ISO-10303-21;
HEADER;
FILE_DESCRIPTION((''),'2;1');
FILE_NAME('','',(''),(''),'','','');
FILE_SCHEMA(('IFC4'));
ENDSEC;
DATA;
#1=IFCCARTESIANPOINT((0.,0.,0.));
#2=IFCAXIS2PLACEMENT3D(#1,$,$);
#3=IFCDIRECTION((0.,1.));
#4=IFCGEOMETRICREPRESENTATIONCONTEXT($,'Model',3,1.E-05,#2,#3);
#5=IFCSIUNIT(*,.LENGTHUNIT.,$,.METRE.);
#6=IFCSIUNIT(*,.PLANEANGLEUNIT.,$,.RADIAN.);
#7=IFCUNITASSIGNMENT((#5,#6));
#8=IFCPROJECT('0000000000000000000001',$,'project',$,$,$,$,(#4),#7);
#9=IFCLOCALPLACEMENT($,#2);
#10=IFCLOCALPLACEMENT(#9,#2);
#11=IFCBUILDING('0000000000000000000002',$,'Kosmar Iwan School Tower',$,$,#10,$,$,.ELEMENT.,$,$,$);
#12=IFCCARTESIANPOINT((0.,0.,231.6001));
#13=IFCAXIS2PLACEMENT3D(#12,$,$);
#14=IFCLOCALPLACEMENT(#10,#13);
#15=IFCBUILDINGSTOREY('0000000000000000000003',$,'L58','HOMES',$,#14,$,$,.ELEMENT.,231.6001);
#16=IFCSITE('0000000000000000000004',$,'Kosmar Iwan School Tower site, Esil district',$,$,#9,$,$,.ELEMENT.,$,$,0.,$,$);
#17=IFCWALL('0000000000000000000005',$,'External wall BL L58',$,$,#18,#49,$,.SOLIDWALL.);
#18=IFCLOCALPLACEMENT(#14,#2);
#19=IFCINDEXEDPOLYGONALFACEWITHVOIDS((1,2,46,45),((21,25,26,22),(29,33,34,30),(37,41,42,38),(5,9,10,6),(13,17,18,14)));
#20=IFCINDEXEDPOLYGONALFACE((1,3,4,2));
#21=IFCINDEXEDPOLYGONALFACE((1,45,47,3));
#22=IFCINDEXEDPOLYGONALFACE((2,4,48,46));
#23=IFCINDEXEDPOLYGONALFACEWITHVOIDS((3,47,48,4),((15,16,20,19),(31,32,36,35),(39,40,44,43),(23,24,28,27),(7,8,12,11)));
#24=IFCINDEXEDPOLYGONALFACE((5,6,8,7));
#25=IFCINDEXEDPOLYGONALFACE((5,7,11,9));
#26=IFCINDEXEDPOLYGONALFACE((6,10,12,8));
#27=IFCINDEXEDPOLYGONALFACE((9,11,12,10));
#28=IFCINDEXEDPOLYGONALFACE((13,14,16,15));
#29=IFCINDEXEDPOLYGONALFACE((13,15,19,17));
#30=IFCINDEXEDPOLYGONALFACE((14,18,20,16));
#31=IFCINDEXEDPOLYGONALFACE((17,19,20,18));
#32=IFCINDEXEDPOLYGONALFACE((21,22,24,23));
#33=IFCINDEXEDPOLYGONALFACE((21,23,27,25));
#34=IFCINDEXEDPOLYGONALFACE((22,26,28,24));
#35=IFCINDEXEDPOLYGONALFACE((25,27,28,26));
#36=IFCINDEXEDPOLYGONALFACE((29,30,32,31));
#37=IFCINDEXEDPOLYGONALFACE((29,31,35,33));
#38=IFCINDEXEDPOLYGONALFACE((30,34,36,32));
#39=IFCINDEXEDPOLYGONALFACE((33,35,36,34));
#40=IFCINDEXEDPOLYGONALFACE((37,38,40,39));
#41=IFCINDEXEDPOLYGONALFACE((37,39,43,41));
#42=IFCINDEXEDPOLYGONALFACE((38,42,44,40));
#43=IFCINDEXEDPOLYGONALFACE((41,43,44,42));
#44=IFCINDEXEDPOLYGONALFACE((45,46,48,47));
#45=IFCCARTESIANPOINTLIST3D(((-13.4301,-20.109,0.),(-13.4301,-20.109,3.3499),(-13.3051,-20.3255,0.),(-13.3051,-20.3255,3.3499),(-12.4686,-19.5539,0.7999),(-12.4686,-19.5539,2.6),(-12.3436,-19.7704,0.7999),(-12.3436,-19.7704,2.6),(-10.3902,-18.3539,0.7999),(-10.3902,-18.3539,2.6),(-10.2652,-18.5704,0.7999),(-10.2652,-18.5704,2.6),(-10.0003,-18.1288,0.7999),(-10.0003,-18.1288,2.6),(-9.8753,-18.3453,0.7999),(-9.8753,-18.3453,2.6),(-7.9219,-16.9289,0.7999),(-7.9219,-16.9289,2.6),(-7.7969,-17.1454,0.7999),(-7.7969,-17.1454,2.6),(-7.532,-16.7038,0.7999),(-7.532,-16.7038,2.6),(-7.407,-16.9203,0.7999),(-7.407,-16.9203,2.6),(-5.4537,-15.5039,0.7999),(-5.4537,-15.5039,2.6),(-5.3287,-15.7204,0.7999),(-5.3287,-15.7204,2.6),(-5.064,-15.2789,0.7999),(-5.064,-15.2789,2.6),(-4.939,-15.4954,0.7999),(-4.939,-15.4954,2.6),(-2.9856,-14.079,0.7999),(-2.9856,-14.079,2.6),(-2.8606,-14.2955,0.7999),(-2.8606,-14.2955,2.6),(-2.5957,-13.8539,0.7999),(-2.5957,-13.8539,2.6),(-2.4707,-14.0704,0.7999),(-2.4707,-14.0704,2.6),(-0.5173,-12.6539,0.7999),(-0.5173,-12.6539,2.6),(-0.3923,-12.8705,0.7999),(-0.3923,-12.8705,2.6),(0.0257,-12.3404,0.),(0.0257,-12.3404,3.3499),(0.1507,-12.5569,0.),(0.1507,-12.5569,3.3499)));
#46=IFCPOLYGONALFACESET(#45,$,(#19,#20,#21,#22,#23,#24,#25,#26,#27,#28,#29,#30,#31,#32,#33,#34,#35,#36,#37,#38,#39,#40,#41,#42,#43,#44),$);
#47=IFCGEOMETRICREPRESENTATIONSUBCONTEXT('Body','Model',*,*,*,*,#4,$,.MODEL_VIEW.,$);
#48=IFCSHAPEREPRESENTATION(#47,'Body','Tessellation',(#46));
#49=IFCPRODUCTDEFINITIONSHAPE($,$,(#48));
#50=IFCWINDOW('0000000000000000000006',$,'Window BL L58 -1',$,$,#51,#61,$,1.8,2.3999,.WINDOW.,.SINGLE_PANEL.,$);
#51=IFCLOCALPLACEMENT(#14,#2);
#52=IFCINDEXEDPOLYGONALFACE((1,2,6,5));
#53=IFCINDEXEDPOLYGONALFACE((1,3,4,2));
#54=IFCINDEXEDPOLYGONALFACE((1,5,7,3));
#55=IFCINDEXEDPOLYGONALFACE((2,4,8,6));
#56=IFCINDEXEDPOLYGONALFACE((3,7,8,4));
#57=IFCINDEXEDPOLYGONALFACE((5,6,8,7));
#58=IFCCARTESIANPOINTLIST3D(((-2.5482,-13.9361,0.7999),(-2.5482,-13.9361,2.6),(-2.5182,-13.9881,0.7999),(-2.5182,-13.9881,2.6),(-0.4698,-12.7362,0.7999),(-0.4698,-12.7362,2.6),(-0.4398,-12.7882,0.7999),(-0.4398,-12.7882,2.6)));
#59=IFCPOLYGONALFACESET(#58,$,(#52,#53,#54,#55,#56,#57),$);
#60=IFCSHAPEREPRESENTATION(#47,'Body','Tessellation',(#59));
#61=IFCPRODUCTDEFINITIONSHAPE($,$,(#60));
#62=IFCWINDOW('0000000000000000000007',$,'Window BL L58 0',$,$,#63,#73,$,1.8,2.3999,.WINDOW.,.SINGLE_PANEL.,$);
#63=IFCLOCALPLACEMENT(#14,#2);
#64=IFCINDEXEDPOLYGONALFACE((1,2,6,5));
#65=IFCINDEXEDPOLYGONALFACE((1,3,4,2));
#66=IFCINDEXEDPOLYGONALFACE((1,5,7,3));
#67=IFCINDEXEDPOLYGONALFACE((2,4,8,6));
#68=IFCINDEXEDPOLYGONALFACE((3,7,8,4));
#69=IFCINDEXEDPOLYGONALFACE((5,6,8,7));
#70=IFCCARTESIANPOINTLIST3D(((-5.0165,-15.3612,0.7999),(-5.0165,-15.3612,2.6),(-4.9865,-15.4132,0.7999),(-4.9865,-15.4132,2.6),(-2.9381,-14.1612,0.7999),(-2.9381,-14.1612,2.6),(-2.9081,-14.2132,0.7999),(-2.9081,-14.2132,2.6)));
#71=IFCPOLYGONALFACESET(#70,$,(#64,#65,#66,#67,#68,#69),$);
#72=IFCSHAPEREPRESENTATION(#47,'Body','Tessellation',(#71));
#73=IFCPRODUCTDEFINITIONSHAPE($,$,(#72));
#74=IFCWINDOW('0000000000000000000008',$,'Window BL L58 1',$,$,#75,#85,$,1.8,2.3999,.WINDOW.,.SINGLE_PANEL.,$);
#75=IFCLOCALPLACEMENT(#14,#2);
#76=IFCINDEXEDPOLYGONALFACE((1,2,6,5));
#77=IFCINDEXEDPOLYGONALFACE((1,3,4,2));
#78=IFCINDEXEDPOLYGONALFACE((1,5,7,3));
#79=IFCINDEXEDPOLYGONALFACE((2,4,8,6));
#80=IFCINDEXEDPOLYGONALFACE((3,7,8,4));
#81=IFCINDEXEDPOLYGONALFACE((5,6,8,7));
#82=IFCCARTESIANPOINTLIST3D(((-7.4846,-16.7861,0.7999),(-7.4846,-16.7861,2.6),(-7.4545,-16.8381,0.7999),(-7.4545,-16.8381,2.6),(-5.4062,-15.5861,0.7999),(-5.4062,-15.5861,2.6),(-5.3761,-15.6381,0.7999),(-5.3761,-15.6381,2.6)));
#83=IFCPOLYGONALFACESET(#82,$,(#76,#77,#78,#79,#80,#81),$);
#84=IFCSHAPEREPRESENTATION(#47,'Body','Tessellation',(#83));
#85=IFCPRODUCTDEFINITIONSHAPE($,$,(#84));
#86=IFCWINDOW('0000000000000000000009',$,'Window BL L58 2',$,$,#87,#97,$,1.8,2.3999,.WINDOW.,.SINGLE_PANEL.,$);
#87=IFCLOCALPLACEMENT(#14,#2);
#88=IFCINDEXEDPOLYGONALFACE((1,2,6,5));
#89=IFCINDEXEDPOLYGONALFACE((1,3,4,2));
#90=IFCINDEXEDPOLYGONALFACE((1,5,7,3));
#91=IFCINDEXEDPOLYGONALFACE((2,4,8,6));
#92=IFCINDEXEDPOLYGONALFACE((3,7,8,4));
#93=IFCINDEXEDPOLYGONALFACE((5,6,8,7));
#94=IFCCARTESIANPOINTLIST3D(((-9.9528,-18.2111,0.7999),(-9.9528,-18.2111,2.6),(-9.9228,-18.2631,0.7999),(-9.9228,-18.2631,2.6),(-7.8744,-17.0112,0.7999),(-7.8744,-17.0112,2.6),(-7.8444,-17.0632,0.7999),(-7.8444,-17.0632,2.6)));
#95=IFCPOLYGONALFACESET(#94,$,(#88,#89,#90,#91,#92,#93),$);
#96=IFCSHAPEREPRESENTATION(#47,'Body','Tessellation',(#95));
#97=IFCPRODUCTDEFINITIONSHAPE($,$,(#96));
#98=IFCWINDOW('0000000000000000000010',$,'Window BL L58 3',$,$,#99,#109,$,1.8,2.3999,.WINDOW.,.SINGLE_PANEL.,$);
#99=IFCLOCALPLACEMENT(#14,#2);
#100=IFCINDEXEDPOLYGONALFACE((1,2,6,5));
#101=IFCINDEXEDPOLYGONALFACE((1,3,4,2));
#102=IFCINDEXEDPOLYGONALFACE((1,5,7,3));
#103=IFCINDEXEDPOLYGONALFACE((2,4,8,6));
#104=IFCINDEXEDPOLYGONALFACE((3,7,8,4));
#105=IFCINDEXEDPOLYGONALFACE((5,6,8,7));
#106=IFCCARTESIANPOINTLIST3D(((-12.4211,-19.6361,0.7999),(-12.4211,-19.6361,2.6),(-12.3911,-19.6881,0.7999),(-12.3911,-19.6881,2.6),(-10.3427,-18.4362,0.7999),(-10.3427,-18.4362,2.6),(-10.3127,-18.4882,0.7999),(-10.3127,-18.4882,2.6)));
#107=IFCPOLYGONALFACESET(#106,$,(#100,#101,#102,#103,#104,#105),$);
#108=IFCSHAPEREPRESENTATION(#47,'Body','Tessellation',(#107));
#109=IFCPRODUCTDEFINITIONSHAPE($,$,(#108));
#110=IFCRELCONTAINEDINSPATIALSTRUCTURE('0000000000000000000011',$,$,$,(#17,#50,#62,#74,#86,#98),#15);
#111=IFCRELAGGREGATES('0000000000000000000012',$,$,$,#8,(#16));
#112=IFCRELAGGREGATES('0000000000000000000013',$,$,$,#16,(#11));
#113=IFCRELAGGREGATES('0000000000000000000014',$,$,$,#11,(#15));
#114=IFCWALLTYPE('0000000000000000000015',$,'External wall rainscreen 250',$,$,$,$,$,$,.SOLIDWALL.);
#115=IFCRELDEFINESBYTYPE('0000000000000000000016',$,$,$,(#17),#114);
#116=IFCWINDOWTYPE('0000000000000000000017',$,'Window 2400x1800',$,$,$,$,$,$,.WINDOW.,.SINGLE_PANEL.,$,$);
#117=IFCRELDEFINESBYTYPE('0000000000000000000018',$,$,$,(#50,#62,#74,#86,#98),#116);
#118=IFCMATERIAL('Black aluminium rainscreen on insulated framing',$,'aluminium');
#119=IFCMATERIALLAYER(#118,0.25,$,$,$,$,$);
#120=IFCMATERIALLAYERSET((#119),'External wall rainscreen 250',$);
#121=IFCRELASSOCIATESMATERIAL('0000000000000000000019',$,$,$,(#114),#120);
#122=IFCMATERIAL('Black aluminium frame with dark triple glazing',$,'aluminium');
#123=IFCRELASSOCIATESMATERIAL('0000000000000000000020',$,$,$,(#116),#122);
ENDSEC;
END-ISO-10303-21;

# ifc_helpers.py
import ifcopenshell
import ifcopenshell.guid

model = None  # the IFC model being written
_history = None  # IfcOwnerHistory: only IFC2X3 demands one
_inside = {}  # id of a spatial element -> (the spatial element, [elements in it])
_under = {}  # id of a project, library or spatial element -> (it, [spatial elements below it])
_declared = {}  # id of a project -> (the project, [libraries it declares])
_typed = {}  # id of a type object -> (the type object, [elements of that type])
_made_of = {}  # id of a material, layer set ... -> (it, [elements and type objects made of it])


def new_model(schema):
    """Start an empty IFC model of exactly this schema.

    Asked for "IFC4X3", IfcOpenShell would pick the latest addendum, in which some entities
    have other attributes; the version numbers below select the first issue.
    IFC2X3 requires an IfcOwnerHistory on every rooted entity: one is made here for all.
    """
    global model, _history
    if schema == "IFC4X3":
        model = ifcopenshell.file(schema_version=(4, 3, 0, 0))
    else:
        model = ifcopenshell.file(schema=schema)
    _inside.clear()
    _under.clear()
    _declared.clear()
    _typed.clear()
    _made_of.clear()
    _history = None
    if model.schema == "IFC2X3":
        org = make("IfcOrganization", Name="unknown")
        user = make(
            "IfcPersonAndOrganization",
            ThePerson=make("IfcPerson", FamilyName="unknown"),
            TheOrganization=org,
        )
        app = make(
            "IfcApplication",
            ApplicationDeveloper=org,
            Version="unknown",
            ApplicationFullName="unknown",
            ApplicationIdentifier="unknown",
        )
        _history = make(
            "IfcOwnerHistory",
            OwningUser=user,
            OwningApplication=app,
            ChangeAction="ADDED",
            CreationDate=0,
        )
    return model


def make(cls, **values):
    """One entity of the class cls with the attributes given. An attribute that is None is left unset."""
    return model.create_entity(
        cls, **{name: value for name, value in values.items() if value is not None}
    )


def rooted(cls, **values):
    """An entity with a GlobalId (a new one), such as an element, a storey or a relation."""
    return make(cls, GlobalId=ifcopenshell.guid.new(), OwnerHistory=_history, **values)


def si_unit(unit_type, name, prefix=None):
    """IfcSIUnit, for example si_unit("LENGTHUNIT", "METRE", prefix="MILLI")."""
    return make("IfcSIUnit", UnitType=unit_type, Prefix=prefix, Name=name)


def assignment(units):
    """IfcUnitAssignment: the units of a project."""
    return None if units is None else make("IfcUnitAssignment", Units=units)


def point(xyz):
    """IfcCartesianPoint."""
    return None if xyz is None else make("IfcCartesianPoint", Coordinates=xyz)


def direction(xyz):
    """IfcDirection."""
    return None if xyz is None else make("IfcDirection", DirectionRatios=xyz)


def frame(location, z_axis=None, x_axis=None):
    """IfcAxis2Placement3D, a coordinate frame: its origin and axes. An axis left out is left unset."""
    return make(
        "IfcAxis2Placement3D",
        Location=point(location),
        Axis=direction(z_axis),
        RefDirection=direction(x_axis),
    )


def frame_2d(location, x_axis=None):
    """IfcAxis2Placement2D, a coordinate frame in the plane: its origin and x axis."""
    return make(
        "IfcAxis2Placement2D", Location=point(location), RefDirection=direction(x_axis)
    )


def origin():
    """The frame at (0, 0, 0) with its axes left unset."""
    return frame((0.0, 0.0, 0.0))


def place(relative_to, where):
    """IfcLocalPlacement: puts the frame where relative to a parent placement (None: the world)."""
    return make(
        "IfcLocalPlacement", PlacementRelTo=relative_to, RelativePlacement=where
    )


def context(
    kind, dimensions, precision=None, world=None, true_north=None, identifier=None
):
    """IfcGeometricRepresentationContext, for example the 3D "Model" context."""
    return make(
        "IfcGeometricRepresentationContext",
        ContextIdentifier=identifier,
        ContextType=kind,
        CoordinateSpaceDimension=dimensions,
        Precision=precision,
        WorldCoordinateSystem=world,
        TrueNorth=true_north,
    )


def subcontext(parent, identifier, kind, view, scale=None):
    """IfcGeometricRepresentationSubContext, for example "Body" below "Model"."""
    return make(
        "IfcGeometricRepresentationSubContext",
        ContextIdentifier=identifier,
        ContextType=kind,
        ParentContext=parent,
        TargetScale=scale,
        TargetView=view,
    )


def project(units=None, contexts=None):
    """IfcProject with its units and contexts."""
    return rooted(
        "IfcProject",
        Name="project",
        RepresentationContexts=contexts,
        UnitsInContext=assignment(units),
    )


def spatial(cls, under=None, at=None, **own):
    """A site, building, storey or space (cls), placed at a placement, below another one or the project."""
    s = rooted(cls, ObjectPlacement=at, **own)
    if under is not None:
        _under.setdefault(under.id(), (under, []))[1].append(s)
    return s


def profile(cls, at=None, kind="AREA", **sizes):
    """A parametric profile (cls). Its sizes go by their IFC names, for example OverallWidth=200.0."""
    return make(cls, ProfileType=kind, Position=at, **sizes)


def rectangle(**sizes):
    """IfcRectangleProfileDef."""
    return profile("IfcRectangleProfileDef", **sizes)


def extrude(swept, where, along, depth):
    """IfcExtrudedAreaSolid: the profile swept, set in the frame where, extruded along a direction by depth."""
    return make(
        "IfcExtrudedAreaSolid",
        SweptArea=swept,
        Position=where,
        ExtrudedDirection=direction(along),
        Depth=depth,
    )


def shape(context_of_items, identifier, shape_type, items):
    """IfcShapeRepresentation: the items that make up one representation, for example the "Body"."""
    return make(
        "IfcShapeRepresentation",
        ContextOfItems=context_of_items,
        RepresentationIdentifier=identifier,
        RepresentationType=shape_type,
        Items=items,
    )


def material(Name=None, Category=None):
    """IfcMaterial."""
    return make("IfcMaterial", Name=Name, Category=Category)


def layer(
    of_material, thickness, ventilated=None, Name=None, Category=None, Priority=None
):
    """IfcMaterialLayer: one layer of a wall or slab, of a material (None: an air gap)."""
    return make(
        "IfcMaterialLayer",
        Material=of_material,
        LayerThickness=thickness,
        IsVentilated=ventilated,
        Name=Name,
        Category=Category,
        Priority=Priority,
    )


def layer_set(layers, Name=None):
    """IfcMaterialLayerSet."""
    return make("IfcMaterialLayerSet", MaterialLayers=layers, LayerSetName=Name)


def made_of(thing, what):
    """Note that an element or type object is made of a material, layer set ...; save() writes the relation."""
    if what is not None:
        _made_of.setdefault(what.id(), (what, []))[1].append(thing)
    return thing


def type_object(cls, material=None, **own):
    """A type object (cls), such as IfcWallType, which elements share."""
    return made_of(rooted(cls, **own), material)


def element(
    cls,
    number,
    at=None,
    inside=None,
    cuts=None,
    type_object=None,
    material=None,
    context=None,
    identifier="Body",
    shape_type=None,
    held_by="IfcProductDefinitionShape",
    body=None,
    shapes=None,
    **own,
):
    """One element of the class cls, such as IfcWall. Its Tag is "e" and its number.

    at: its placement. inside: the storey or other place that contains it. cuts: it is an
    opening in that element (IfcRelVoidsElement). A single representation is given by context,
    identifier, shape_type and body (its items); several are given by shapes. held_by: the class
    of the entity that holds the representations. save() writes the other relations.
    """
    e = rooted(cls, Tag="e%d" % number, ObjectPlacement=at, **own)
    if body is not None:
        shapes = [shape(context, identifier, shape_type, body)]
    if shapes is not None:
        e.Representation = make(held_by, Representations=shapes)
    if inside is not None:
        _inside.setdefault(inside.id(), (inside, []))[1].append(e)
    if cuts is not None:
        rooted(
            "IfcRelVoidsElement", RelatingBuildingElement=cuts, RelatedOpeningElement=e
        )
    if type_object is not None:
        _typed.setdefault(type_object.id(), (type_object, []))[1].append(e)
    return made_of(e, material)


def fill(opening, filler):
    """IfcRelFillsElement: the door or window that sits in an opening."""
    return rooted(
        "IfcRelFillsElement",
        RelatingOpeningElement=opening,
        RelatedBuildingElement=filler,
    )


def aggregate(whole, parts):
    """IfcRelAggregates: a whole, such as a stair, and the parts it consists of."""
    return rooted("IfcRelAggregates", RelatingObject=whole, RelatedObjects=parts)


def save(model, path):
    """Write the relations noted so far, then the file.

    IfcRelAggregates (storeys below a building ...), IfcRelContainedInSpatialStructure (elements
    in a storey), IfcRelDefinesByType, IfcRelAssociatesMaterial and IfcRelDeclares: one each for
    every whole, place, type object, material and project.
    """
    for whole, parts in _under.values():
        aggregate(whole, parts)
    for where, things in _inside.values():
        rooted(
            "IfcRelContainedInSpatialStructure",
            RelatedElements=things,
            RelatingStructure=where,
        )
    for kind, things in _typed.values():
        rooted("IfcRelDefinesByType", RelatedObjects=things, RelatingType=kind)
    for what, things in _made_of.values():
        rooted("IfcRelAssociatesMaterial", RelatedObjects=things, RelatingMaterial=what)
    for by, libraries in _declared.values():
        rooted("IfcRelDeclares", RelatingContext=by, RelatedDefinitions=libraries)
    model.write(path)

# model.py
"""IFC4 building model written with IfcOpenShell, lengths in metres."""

from ifc_helpers import new_model, si_unit, direction, frame, frame_2d, origin, place, context, subcontext, project, spatial, rectangle, extrude, material, layer, layer_set, type_object, element, fill, save


model = new_model("IFC4")

# Units and contexts
model_context = context("Model", 3, precision=1e-05, world=origin(), true_north=direction((0.0, 1.0)))
body_context = subcontext(model_context, "Body", "Model", "MODEL_VIEW")
ifc_project = project(units=[si_unit("LENGTHUNIT", "METRE"), si_unit("PLANEANGLEUNIT", "RADIAN")], contexts=[model_context])

# Site, building, storey
site_placement = place(None, origin())
site = spatial("IfcSite", under=ifc_project, at=site_placement, Name="Kosmar Iwan School Tower site, Esil district", CompositionType="ELEMENT", RefElevation=0.0)
building_placement = place(site_placement, origin())
building = spatial("IfcBuilding", under=site, at=building_placement, Name="Kosmar Iwan School Tower", CompositionType="ELEMENT")
storey_placement = place(building_placement, frame((0.0, 0.0, 231.6001)))
storey = spatial("IfcBuildingStorey", under=building, at=storey_placement, Name="L58", Description="HOMES", CompositionType="ELEMENT", Elevation=231.6001)

# Wall, openings, windows
ifc_material_1 = material(Name="Black aluminium rainscreen on insulated framing", Category="aluminium")
ifc_layer_1 = layer(ifc_material_1, 0.25)
ifc_layer_set_1 = layer_set([ifc_layer_1], Name="External wall rainscreen 250")
wall_type_1 = type_object("IfcWallType", Name="External wall rainscreen 250", PredefinedType="SOLIDWALL", material=ifc_layer_set_1)
wall_1_placement = place(storey_placement, frame((0.0881, -12.4487, 0.0), z_axis=(0.0, 0.0, 1.0), x_axis=(-0.86603, -0.499992, 0.0)))
wall_1 = element("IfcWall", 1, at=wall_1_placement, inside=storey, type_object=wall_type_1, Name="External wall BL L58", PredefinedType="SOLIDWALL", context=body_context, shape_type="SweptSolid", body=[
    extrude(rectangle(XDim=15.5374, YDim=0.25, at=frame_2d((7.7686, 0.0))), origin(), (0.0, 0.0, 1.0), 3.3499),
])
opening_1_placement = place(wall_1_placement, frame((0.627, 0.0, 0.8)))
opening_1 = element("IfcOpeningElement", 2, at=opening_1_placement, cuts=wall_1, PredefinedType="OPENING", context=body_context, shape_type="SweptSolid", body=[
    extrude(rectangle(XDim=2.3999, YDim=1.8, at=frame_2d((1.2, 0.8999))), frame((0.0, 0.137, 0.0), z_axis=(0.0, -1.0, 0.0), x_axis=(1.0, 0.0, 0.0)), (0.0, 0.0, 1.0), 0.2739),
])
opening_2_placement = place(wall_1_placement, frame((3.4771, 0.0, 0.8)))
opening_2 = element("IfcOpeningElement", 3, at=opening_2_placement, cuts=wall_1, PredefinedType="OPENING", context=body_context, shape_type="SweptSolid", body=[
    extrude(rectangle(XDim=2.3999, YDim=1.8, at=frame_2d((1.2, 0.8999))), frame((0.0, 0.137, 0.0), z_axis=(0.0, -1.0, 0.0), x_axis=(1.0, 0.0, 0.0)), (0.0, 0.0, 1.0), 0.2739),
])
opening_3_placement = place(wall_1_placement, frame((6.3269, 0.0, 0.8)))
opening_3 = element("IfcOpeningElement", 4, at=opening_3_placement, cuts=wall_1, PredefinedType="OPENING", context=body_context, shape_type="SweptSolid", body=[
    extrude(rectangle(XDim=2.3999, YDim=1.8, at=frame_2d((1.2, 0.8999))), frame((0.0, 0.137, 0.0), z_axis=(0.0, -1.0, 0.0), x_axis=(1.0, 0.0, 0.0)), (0.0, 0.0, 1.0), 0.2739),
])
opening_4_placement = place(wall_1_placement, frame((9.177, 0.0, 0.8)))
opening_4 = element("IfcOpeningElement", 5, at=opening_4_placement, cuts=wall_1, PredefinedType="OPENING", context=body_context, shape_type="SweptSolid", body=[
    extrude(rectangle(XDim=2.3999, YDim=1.8, at=frame_2d((1.2, 0.8999))), frame((0.0, 0.137, 0.0), z_axis=(0.0, -1.0, 0.0), x_axis=(1.0, 0.0, 0.0)), (0.0, 0.0, 1.0), 0.2739),
])
opening_5_placement = place(wall_1_placement, frame((12.0271, 0.0, 0.8)))
opening_5 = element("IfcOpeningElement", 6, at=opening_5_placement, cuts=wall_1, PredefinedType="OPENING", context=body_context, shape_type="SweptSolid", body=[
    extrude(rectangle(XDim=2.3999, YDim=1.8, at=frame_2d((1.2, 0.8999))), frame((0.0, 0.137, 0.0), z_axis=(0.0, -1.0, 0.0), x_axis=(1.0, 0.0, 0.0)), (0.0, 0.0, 1.0), 0.2739),
])
ifc_material_2 = material(Name="Black aluminium frame with dark triple glazing", Category="aluminium")
window_type = type_object("IfcWindowType", Name="Window 2400x1800", PartitioningType="SINGLE_PANEL", PredefinedType="WINDOW", material=ifc_material_2)
window_1_placement = place(opening_1_placement, origin())
window_1 = element("IfcWindow", 7, at=window_1_placement, inside=storey, type_object=window_type, Name="Window BL L58 -1", OverallHeight=1.8, OverallWidth=2.3999, PartitioningType="SINGLE_PANEL", PredefinedType="WINDOW", context=body_context, shape_type="SweptSolid", body=[
    extrude(rectangle(XDim=2.3999, YDim=1.8, at=frame_2d((1.2, 0.8999))), frame((0.0, 0.03, 0.0), z_axis=(0.0, -1.0, 0.0), x_axis=(1.0, 0.0, 0.0)), (0.0, 0.0, 1.0), 0.0601),
])
fill(opening_1, window_1)
window_2_placement = place(opening_2_placement, origin())
window_2 = element("IfcWindow", 8, at=window_2_placement, inside=storey, type_object=window_type, Name="Window BL L58 0", OverallHeight=1.8, OverallWidth=2.3999, PartitioningType="SINGLE_PANEL", PredefinedType="WINDOW", context=body_context, shape_type="SweptSolid", body=[
    extrude(rectangle(XDim=2.3999, YDim=1.8, at=frame_2d((1.2, 0.8999))), frame((0.0, 0.03, 0.0), z_axis=(0.0, -1.0, 0.0), x_axis=(1.0, 0.0, 0.0)), (0.0, 0.0, 1.0), 0.0601),
])
fill(opening_2, window_2)
window_3_placement = place(opening_3_placement, origin())
window_3 = element("IfcWindow", 9, at=window_3_placement, inside=storey, type_object=window_type, Name="Window BL L58 1", OverallHeight=1.8, OverallWidth=2.3999, PartitioningType="SINGLE_PANEL", PredefinedType="WINDOW", context=body_context, shape_type="SweptSolid", body=[
    extrude(rectangle(XDim=2.3999, YDim=1.8, at=frame_2d((1.2, 0.8999))), frame((0.0, 0.03, 0.0), z_axis=(0.0, -1.0, 0.0), x_axis=(1.0, 0.0, 0.0)), (0.0, 0.0, 1.0), 0.0601),
])
fill(opening_3, window_3)
window_4_placement = place(opening_4_placement, origin())
window_4 = element("IfcWindow", 10, at=window_4_placement, inside=storey, type_object=window_type, Name="Window BL L58 2", OverallHeight=1.8, OverallWidth=2.3999, PartitioningType="SINGLE_PANEL", PredefinedType="WINDOW", context=body_context, shape_type="SweptSolid", body=[
    extrude(rectangle(XDim=2.3999, YDim=1.8, at=frame_2d((1.2, 0.8999))), frame((0.0, 0.03, 0.0), z_axis=(0.0, -1.0, 0.0), x_axis=(1.0, 0.0, 0.0)), (0.0, 0.0, 1.0), 0.0601),
])
fill(opening_4, window_4)
window_5_placement = place(opening_5_placement, origin())
window_5 = element("IfcWindow", 11, at=window_5_placement, inside=storey, type_object=window_type, Name="Window BL L58 3", OverallHeight=1.8, OverallWidth=2.3999, PartitioningType="SINGLE_PANEL", PredefinedType="WINDOW", context=body_context, shape_type="SweptSolid", body=[
    extrude(rectangle(XDim=2.3999, YDim=1.8, at=frame_2d((1.2, 0.8999))), frame((0.0, 0.03, 0.0), z_axis=(0.0, -1.0, 0.0), x_axis=(1.0, 0.0, 0.0)), (0.0, 0.0, 1.0), 0.0601),
])
fill(opening_5, window_5)

save(model, "model.ifc")
